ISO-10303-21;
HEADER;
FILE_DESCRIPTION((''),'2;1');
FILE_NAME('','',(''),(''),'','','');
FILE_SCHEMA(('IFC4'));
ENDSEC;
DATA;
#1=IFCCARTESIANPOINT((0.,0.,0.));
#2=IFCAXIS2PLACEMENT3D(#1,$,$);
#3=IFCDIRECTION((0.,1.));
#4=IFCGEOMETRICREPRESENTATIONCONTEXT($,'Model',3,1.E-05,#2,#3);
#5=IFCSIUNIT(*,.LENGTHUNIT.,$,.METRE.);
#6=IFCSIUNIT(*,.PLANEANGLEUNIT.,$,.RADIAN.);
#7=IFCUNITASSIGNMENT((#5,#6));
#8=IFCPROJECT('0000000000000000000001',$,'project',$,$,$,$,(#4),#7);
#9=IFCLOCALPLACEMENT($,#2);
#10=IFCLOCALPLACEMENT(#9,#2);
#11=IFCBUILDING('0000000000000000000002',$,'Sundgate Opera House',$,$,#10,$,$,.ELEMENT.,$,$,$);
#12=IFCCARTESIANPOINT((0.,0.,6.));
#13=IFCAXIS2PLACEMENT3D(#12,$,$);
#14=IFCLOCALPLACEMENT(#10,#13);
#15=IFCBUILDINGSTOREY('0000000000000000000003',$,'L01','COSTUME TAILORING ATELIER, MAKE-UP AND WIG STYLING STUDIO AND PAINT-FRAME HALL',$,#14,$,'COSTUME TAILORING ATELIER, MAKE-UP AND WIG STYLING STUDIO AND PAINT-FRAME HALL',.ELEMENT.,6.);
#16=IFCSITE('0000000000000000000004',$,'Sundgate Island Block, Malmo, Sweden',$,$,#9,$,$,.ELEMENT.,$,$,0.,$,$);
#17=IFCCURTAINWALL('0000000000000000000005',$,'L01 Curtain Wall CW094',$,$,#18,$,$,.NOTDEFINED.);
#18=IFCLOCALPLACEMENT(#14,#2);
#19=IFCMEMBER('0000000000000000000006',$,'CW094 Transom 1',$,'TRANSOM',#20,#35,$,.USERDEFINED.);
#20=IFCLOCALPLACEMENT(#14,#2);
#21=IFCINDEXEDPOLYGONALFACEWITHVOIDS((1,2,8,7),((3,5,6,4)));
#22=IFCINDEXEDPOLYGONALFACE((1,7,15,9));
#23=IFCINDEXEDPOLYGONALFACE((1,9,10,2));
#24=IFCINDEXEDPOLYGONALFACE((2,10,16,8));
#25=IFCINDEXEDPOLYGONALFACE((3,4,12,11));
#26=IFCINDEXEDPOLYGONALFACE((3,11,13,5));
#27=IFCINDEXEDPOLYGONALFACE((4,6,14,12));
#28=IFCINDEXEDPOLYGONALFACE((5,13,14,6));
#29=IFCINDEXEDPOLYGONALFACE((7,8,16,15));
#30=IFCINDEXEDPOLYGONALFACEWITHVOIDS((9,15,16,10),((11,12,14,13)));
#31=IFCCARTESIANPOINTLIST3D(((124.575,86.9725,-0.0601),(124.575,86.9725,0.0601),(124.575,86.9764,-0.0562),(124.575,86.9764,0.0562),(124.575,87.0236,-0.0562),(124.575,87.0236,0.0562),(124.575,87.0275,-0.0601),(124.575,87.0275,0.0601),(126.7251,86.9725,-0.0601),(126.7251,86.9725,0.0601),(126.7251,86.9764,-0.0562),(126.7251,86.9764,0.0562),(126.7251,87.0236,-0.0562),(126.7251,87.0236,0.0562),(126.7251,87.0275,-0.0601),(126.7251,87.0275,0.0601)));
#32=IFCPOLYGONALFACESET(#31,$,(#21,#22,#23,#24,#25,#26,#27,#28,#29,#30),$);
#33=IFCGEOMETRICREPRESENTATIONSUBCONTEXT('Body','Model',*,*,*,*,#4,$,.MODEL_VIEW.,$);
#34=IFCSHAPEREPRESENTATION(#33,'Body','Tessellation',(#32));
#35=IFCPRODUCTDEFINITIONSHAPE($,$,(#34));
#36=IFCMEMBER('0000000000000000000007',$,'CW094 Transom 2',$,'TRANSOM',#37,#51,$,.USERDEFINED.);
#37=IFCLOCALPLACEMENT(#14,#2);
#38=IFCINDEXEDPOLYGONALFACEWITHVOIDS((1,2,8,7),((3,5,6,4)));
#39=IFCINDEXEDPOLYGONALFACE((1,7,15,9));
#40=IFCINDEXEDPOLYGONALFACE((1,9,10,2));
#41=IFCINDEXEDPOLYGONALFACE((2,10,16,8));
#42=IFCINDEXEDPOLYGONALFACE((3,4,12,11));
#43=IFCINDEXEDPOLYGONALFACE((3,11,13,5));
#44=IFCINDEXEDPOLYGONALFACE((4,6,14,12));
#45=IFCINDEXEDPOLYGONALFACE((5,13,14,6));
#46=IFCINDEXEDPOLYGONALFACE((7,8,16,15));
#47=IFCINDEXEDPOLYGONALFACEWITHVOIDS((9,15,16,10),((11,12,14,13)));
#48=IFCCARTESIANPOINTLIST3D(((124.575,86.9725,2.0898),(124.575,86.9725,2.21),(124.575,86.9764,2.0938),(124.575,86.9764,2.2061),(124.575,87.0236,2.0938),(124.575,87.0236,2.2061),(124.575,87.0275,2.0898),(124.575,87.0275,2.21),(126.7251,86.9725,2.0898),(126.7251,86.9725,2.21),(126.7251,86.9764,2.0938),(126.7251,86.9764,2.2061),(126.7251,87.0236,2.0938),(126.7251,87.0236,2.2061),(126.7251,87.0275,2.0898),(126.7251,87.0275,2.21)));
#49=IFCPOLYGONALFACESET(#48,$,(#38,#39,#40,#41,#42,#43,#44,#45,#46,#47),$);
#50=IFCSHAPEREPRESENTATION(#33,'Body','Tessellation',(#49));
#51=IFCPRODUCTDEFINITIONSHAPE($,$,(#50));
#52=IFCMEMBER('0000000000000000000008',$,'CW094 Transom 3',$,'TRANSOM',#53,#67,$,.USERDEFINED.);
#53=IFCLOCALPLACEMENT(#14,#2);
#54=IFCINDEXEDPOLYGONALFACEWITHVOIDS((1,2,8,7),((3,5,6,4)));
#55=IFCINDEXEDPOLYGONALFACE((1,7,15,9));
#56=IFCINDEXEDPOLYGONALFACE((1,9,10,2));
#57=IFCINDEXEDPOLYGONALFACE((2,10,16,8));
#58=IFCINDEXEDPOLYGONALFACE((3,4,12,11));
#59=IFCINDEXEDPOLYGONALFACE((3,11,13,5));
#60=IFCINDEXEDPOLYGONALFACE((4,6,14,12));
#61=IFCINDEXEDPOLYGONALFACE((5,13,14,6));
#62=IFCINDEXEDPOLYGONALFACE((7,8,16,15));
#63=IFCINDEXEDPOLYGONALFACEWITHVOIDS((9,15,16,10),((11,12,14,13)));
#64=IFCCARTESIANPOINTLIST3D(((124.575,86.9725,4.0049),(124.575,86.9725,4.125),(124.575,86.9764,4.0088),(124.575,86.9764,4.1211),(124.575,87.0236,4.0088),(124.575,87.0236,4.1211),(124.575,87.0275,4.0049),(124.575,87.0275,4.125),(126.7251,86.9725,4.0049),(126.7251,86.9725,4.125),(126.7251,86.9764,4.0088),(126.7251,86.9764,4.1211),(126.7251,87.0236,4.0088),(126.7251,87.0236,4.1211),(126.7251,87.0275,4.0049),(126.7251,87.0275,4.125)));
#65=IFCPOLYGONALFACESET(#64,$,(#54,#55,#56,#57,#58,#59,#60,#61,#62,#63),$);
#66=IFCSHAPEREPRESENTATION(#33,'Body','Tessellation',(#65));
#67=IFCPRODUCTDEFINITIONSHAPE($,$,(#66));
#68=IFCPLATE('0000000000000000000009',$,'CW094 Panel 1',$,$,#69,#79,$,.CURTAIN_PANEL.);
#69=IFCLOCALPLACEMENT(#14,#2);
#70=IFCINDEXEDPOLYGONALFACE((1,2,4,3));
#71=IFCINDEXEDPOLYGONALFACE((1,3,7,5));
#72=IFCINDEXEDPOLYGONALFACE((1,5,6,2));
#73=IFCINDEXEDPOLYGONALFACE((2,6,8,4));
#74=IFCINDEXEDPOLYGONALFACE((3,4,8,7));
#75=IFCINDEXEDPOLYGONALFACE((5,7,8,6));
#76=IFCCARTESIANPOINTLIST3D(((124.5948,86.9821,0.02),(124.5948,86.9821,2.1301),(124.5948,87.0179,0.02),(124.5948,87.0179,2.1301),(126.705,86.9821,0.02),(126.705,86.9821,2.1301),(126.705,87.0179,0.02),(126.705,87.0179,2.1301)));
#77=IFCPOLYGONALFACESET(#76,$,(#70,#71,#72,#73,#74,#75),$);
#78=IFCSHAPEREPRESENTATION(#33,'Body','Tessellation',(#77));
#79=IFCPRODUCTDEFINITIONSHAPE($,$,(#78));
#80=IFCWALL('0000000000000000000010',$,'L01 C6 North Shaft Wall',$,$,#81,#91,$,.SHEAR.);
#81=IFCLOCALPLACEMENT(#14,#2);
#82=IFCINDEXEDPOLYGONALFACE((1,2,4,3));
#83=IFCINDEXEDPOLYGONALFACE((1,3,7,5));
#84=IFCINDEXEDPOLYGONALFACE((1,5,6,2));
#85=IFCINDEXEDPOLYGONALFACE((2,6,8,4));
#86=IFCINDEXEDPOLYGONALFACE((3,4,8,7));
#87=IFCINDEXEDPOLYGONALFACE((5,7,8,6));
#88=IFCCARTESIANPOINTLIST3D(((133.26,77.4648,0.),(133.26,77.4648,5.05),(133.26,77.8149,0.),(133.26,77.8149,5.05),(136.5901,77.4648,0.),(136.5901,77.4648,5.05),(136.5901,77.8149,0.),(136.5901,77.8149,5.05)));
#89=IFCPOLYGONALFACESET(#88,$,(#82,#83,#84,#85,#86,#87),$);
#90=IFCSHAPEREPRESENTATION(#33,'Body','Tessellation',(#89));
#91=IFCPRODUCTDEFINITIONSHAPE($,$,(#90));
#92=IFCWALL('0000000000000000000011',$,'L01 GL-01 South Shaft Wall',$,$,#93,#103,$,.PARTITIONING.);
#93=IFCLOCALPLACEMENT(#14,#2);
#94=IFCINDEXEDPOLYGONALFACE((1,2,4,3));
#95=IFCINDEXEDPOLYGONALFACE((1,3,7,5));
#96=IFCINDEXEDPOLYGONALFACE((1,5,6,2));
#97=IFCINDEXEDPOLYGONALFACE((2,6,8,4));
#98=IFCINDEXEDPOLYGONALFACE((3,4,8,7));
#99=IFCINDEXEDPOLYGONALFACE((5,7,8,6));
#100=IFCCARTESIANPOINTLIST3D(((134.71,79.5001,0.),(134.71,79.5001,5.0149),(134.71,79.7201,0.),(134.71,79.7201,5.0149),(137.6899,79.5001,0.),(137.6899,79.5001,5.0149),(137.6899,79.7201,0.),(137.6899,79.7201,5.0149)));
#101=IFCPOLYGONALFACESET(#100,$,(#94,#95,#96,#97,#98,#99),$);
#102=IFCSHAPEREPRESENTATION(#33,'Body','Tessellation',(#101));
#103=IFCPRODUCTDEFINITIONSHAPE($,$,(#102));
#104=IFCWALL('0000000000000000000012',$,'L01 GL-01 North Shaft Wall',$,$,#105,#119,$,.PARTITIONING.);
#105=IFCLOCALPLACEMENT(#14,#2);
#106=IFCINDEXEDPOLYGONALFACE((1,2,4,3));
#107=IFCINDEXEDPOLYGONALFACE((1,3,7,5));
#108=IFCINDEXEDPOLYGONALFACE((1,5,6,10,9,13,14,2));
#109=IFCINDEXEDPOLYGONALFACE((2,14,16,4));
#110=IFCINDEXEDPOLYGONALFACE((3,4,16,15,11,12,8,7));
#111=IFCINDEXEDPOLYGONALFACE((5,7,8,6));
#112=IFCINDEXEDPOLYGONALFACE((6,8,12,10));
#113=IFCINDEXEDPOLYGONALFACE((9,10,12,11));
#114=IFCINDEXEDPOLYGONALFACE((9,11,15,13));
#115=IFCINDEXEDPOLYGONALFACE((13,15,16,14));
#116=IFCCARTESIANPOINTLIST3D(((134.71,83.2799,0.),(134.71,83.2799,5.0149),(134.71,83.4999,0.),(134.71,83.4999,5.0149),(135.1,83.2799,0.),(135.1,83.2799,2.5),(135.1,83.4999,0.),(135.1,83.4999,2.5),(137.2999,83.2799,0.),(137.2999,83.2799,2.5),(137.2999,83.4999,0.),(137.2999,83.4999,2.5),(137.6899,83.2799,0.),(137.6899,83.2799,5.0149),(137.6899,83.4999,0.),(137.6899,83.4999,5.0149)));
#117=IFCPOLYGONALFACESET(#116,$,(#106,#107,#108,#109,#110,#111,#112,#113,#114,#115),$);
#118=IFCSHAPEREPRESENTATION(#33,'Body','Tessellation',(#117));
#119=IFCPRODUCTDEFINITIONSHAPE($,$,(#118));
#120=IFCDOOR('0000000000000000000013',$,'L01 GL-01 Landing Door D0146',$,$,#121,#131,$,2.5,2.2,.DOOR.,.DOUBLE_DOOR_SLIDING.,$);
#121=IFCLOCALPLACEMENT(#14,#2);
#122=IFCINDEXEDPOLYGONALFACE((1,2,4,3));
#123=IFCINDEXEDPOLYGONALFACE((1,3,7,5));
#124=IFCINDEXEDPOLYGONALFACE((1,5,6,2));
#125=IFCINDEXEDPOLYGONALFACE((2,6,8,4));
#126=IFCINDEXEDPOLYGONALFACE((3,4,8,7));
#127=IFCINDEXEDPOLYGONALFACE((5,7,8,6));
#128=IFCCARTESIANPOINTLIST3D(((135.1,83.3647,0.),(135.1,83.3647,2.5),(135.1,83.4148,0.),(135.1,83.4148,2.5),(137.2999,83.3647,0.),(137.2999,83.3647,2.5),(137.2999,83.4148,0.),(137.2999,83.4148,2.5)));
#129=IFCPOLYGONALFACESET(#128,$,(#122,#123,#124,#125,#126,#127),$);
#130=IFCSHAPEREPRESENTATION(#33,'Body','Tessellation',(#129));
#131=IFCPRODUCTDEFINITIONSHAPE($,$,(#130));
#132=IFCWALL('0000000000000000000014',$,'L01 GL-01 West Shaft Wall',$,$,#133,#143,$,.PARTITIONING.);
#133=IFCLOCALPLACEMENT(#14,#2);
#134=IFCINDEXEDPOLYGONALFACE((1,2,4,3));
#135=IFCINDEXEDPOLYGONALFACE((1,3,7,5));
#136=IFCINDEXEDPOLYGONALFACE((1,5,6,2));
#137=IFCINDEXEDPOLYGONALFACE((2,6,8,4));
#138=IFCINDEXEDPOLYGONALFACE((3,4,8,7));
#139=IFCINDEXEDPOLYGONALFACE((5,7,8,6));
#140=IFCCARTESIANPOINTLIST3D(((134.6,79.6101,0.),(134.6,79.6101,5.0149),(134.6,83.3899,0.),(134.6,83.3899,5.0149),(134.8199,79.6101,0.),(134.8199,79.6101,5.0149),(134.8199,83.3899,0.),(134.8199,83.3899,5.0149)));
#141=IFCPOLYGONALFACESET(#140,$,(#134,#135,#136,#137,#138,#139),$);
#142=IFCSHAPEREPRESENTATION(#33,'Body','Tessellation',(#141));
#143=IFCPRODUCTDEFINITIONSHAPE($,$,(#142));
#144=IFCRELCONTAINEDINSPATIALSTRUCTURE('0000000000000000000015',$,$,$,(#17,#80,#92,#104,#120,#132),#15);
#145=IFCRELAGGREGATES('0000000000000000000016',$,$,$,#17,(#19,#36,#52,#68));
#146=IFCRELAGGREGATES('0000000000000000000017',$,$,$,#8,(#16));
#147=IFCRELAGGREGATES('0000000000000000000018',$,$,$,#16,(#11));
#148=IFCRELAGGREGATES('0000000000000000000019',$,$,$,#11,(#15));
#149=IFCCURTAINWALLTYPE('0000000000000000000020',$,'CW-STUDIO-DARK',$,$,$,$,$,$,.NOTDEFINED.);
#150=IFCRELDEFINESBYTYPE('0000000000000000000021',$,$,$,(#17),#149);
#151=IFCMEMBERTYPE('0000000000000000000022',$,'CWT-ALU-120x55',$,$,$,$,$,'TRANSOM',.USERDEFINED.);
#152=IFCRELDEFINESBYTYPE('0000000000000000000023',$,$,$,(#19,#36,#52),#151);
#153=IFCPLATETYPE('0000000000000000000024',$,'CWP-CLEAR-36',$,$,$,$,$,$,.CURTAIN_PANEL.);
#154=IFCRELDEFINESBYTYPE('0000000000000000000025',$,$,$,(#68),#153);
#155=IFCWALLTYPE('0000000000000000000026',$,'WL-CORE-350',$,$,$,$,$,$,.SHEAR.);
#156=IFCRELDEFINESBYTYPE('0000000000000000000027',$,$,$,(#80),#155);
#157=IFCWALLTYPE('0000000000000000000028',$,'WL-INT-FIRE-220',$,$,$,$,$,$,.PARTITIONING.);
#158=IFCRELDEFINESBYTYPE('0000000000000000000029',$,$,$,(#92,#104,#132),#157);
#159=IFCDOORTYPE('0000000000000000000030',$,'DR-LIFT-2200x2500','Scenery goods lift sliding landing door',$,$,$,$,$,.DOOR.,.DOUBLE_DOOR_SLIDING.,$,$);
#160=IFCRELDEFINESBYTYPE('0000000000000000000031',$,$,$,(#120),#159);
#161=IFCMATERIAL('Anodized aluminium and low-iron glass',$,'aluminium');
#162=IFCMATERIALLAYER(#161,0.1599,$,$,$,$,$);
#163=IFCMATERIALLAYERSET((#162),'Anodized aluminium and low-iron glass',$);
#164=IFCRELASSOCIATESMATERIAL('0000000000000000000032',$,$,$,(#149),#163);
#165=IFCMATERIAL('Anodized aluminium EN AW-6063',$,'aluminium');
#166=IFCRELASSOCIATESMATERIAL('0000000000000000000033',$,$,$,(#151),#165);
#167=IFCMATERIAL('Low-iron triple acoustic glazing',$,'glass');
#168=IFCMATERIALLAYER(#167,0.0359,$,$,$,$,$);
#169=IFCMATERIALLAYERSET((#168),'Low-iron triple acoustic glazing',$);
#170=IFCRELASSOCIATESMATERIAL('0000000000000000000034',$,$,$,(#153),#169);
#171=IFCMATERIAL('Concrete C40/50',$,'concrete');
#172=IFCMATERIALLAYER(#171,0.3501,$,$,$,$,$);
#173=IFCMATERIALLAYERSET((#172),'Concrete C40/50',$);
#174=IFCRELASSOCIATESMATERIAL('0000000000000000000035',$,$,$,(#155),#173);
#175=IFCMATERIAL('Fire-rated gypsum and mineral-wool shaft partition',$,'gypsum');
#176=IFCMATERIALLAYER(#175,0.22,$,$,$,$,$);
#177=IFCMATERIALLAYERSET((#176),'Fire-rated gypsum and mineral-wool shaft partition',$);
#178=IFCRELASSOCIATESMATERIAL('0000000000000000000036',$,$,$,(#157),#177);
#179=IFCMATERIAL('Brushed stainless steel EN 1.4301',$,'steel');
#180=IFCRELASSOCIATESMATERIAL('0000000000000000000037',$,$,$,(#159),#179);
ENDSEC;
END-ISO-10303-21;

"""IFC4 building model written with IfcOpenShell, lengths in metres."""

from ifc_helpers import new_model, si_unit, direction, frame, frame_2d, origin, origin_2d, place, context, subcontext, project, spatial, rectangle, hollow_rectangle, extrude, material, layer, layer_set, material_profile, profile_set, type_object, element, fill, aggregate, save


model = new_model("IFC4")

# Units and contexts
model_context = context("Model", 3, precision=1e-05, world=origin(), true_north=direction((0.0, 1.0)))
body_context = subcontext(model_context, "Body", "Model", "MODEL_VIEW")
ifc_project = project(units=[si_unit("LENGTHUNIT", "METRE"), si_unit("PLANEANGLEUNIT", "RADIAN")], contexts=[model_context])

# Site, building, storey
site_placement = place(None, origin())
site = spatial("IfcSite", under=ifc_project, at=site_placement, Name="Sundgate Island Block, Malmo, Sweden", CompositionType="ELEMENT", RefElevation=0.0)
building_placement = place(site_placement, origin())
building = spatial("IfcBuilding", under=site, at=building_placement, Name="Sundgate Opera House", CompositionType="ELEMENT")
storey_placement = place(building_placement, frame((0.0, 0.0, 6.0)))
storey = spatial("IfcBuildingStorey", under=building, at=storey_placement, Name="L01", Description="COSTUME TAILORING ATELIER, MAKE-UP AND WIG STYLING STUDIO AND PAINT-FRAME HALL", LongName="COSTUME TAILORING ATELIER, MAKE-UP AND WIG STYLING STUDIO AND PAINT-FRAME HALL", CompositionType="ELEMENT", Elevation=6.0)

# Curtain wall, members, plate
ifc_material_1 = material(Name="Anodized aluminium and low-iron glass", Category="aluminium")
ifc_layer_1 = layer(ifc_material_1, 0.1599)
ifc_layer_set_1 = layer_set([ifc_layer_1], Name="Anodized aluminium and low-iron glass")
curtain_wall_type = type_object("IfcCurtainWallType", Name="CW-STUDIO-DARK", PredefinedType="NOTDEFINED", material=ifc_layer_set_1)
curtain_wall_placement = place(storey_placement, origin())
curtain_wall = element("IfcCurtainWall", 1, at=curtain_wall_placement, inside=storey, type_object=curtain_wall_type, Name="L01 Curtain Wall CW094", PredefinedType="NOTDEFINED")
ifc_material_2 = material(Name="Anodized aluminium EN AW-6063", Category="aluminium")
ifc_material_profile_1 = material_profile(ifc_material_2, hollow_rectangle(XDim=0.0549, YDim=0.1201, WallThickness=0.0039, at=origin_2d()), Name="CWT 120x55x4")
ifc_profile_set_1 = profile_set([ifc_material_profile_1], Name="Anodized aluminium EN AW-6063")
member_type_1 = type_object("IfcMemberType", Name="CWT-ALU-120x55", ElementType="TRANSOM", PredefinedType="USERDEFINED", material=ifc_profile_set_1)
member_1_placement = place(storey_placement, frame((124.575, 87.0, 0.0), z_axis=(1.0, 0.0, 0.0), x_axis=(0.0, 1.0, 0.0)))
member_1 = element("IfcMember", 2, at=member_1_placement, type_object=member_type_1, Name="CW094 Transom 1", ObjectType="TRANSOM", PredefinedType="USERDEFINED", context=body_context, shape_type="SweptSolid", body=[
    extrude(hollow_rectangle(XDim=0.0549, YDim=0.1201, WallThickness=0.0039, at=origin_2d()), origin(), (0.0, 0.0, 1.0), 2.1501),
])
member_2_placement = place(storey_placement, frame((124.575, 87.0, 2.1499), z_axis=(1.0, 0.0, 0.0), x_axis=(0.0, 1.0, 0.0)))
member_2 = element("IfcMember", 3, at=member_2_placement, type_object=member_type_1, Name="CW094 Transom 2", ObjectType="TRANSOM", PredefinedType="USERDEFINED", context=body_context, shape_type="SweptSolid", body=[
    extrude(hollow_rectangle(XDim=0.0549, YDim=0.1201, WallThickness=0.0039, at=origin_2d()), origin(), (0.0, 0.0, 1.0), 2.1501),
])
member_3_placement = place(storey_placement, frame((124.575, 87.0, 4.0649), z_axis=(1.0, 0.0, 0.0), x_axis=(0.0, 1.0, 0.0)))
member_3 = element("IfcMember", 4, at=member_3_placement, type_object=member_type_1, Name="CW094 Transom 3", ObjectType="TRANSOM", PredefinedType="USERDEFINED", context=body_context, shape_type="SweptSolid", body=[
    extrude(hollow_rectangle(XDim=0.0549, YDim=0.1201, WallThickness=0.0039, at=origin_2d()), origin(), (0.0, 0.0, 1.0), 2.1501),
])
ifc_material_3 = material(Name="Low-iron triple acoustic glazing", Category="glass")
ifc_layer_2 = layer(ifc_material_3, 0.0359)
ifc_layer_set_2 = layer_set([ifc_layer_2], Name="Low-iron triple acoustic glazing")
plate_type = type_object("IfcPlateType", Name="CWP-CLEAR-36", PredefinedType="CURTAIN_PANEL", material=ifc_layer_set_2)
plate_placement = place(storey_placement, frame((125.6499, 87.0, 0.02), z_axis=(0.0, 0.0, 1.0), x_axis=(1.0, 0.0, 0.0)))
plate = element("IfcPlate", 5, at=plate_placement, type_object=plate_type, Name="CW094 Panel 1", PredefinedType="CURTAIN_PANEL", context=body_context, shape_type="SweptSolid", body=[
    extrude(rectangle(XDim=2.1101, YDim=0.0359, at=origin_2d()), origin(), (0.0, 0.0, 1.0), 2.1101),
])
aggregate(curtain_wall, [member_1, member_2, member_3, plate])

# Walls
ifc_material_4 = material(Name="Concrete C40/50", Category="concrete")
ifc_layer_3 = layer(ifc_material_4, 0.3501)
ifc_layer_set_3 = layer_set([ifc_layer_3], Name="Concrete C40/50")
wall_type_1 = type_object("IfcWallType", Name="WL-CORE-350", PredefinedType="SHEAR", material=ifc_layer_set_3)
wall_1_placement = place(storey_placement, frame((133.26, 77.6399, 0.0), z_axis=(0.0, 0.0, 1.0), x_axis=(1.0, 0.0, 0.0)))
element("IfcWall", 6, at=wall_1_placement, inside=storey, type_object=wall_type_1, Name="L01 C6 North Shaft Wall", PredefinedType="SHEAR", context=body_context, shape_type="SweptSolid", body=[
    extrude(rectangle(XDim=3.3301, YDim=0.3501, at=frame_2d((1.665, 0.0))), origin(), (0.0, 0.0, 1.0), 5.05),
])
ifc_material_5 = material(Name="Fire-rated gypsum and mineral-wool shaft partition", Category="gypsum")
ifc_layer_4 = layer(ifc_material_5, 0.22)
ifc_layer_set_4 = layer_set([ifc_layer_4], Name="Fire-rated gypsum and mineral-wool shaft partition")
wall_type_2 = type_object("IfcWallType", Name="WL-INT-FIRE-220", PredefinedType="PARTITIONING", material=ifc_layer_set_4)
wall_2_placement = place(storey_placement, frame((134.71, 79.6101, 0.0), z_axis=(0.0, 0.0, 1.0), x_axis=(1.0, 0.0, 0.0)))
element("IfcWall", 7, at=wall_2_placement, inside=storey, type_object=wall_type_2, Name="L01 GL-01 South Shaft Wall", PredefinedType="PARTITIONING", context=body_context, shape_type="SweptSolid", body=[
    extrude(rectangle(XDim=2.98, YDim=0.22, at=frame_2d((1.49, 0.0))), origin(), (0.0, 0.0, 1.0), 5.0149),
])

# Wall, opening, door
wall_3_placement = place(storey_placement, frame((134.71, 83.3899, 0.0), z_axis=(0.0, 0.0, 1.0), x_axis=(1.0, 0.0, 0.0)))
wall_3 = element("IfcWall", 8, at=wall_3_placement, inside=storey, type_object=wall_type_2, Name="L01 GL-01 North Shaft Wall", PredefinedType="PARTITIONING", context=body_context, shape_type="SweptSolid", body=[
    extrude(rectangle(XDim=2.98, YDim=0.22, at=frame_2d((1.49, 0.0))), origin(), (0.0, 0.0, 1.0), 5.0149),
])
opening_placement = place(wall_3_placement, frame((0.3899, 0.0, 0.0)))
opening = element("IfcOpeningElement", 9, at=opening_placement, cuts=wall_3, PredefinedType="OPENING", context=body_context, shape_type="SweptSolid", body=[
    extrude(rectangle(XDim=2.2, YDim=2.5, at=frame_2d((1.1001, 1.25))), frame((0.0, 0.1199, 0.0), z_axis=(0.0, -1.0, 0.0), x_axis=(1.0, 0.0, 0.0)), (0.0, 0.0, 1.0), 0.24),
])
ifc_material_6 = material(Name="Brushed stainless steel EN 1.4301", Category="steel")
door_type = type_object("IfcDoorType", Name="DR-LIFT-2200x2500", Description="Scenery goods lift sliding landing door", OperationType="DOUBLE_DOOR_SLIDING", PredefinedType="DOOR", material=ifc_material_6)
door_placement = place(opening_placement, origin())
door = element("IfcDoor", 10, at=door_placement, inside=storey, type_object=door_type, Name="L01 GL-01 Landing Door D0146", OperationType="DOUBLE_DOOR_SLIDING", OverallHeight=2.5, OverallWidth=2.2, PredefinedType="DOOR", context=body_context, shape_type="SweptSolid", body=[
    extrude(rectangle(XDim=2.2, YDim=2.5, at=frame_2d((1.1001, 1.25))), frame((0.0, 0.0249, 0.0), z_axis=(0.0, -1.0, 0.0), x_axis=(1.0, 0.0, 0.0)), (0.0, 0.0, 1.0), 0.05),
])
fill(opening, door)

# Wall
wall_4_placement = place(storey_placement, frame((134.71, 79.6101, 0.0), z_axis=(0.0, 0.0, 1.0), x_axis=(0.0, 1.0, 0.0)))
element("IfcWall", 11, at=wall_4_placement, inside=storey, type_object=wall_type_2, Name="L01 GL-01 West Shaft Wall", PredefinedType="PARTITIONING", context=body_context, shape_type="SweptSolid", body=[
    extrude(rectangle(XDim=3.7798, YDim=0.22, at=frame_2d((1.8899, 0.0))), origin(), (0.0, 0.0, 1.0), 5.0149),
])

save(model, "model.ifc")
